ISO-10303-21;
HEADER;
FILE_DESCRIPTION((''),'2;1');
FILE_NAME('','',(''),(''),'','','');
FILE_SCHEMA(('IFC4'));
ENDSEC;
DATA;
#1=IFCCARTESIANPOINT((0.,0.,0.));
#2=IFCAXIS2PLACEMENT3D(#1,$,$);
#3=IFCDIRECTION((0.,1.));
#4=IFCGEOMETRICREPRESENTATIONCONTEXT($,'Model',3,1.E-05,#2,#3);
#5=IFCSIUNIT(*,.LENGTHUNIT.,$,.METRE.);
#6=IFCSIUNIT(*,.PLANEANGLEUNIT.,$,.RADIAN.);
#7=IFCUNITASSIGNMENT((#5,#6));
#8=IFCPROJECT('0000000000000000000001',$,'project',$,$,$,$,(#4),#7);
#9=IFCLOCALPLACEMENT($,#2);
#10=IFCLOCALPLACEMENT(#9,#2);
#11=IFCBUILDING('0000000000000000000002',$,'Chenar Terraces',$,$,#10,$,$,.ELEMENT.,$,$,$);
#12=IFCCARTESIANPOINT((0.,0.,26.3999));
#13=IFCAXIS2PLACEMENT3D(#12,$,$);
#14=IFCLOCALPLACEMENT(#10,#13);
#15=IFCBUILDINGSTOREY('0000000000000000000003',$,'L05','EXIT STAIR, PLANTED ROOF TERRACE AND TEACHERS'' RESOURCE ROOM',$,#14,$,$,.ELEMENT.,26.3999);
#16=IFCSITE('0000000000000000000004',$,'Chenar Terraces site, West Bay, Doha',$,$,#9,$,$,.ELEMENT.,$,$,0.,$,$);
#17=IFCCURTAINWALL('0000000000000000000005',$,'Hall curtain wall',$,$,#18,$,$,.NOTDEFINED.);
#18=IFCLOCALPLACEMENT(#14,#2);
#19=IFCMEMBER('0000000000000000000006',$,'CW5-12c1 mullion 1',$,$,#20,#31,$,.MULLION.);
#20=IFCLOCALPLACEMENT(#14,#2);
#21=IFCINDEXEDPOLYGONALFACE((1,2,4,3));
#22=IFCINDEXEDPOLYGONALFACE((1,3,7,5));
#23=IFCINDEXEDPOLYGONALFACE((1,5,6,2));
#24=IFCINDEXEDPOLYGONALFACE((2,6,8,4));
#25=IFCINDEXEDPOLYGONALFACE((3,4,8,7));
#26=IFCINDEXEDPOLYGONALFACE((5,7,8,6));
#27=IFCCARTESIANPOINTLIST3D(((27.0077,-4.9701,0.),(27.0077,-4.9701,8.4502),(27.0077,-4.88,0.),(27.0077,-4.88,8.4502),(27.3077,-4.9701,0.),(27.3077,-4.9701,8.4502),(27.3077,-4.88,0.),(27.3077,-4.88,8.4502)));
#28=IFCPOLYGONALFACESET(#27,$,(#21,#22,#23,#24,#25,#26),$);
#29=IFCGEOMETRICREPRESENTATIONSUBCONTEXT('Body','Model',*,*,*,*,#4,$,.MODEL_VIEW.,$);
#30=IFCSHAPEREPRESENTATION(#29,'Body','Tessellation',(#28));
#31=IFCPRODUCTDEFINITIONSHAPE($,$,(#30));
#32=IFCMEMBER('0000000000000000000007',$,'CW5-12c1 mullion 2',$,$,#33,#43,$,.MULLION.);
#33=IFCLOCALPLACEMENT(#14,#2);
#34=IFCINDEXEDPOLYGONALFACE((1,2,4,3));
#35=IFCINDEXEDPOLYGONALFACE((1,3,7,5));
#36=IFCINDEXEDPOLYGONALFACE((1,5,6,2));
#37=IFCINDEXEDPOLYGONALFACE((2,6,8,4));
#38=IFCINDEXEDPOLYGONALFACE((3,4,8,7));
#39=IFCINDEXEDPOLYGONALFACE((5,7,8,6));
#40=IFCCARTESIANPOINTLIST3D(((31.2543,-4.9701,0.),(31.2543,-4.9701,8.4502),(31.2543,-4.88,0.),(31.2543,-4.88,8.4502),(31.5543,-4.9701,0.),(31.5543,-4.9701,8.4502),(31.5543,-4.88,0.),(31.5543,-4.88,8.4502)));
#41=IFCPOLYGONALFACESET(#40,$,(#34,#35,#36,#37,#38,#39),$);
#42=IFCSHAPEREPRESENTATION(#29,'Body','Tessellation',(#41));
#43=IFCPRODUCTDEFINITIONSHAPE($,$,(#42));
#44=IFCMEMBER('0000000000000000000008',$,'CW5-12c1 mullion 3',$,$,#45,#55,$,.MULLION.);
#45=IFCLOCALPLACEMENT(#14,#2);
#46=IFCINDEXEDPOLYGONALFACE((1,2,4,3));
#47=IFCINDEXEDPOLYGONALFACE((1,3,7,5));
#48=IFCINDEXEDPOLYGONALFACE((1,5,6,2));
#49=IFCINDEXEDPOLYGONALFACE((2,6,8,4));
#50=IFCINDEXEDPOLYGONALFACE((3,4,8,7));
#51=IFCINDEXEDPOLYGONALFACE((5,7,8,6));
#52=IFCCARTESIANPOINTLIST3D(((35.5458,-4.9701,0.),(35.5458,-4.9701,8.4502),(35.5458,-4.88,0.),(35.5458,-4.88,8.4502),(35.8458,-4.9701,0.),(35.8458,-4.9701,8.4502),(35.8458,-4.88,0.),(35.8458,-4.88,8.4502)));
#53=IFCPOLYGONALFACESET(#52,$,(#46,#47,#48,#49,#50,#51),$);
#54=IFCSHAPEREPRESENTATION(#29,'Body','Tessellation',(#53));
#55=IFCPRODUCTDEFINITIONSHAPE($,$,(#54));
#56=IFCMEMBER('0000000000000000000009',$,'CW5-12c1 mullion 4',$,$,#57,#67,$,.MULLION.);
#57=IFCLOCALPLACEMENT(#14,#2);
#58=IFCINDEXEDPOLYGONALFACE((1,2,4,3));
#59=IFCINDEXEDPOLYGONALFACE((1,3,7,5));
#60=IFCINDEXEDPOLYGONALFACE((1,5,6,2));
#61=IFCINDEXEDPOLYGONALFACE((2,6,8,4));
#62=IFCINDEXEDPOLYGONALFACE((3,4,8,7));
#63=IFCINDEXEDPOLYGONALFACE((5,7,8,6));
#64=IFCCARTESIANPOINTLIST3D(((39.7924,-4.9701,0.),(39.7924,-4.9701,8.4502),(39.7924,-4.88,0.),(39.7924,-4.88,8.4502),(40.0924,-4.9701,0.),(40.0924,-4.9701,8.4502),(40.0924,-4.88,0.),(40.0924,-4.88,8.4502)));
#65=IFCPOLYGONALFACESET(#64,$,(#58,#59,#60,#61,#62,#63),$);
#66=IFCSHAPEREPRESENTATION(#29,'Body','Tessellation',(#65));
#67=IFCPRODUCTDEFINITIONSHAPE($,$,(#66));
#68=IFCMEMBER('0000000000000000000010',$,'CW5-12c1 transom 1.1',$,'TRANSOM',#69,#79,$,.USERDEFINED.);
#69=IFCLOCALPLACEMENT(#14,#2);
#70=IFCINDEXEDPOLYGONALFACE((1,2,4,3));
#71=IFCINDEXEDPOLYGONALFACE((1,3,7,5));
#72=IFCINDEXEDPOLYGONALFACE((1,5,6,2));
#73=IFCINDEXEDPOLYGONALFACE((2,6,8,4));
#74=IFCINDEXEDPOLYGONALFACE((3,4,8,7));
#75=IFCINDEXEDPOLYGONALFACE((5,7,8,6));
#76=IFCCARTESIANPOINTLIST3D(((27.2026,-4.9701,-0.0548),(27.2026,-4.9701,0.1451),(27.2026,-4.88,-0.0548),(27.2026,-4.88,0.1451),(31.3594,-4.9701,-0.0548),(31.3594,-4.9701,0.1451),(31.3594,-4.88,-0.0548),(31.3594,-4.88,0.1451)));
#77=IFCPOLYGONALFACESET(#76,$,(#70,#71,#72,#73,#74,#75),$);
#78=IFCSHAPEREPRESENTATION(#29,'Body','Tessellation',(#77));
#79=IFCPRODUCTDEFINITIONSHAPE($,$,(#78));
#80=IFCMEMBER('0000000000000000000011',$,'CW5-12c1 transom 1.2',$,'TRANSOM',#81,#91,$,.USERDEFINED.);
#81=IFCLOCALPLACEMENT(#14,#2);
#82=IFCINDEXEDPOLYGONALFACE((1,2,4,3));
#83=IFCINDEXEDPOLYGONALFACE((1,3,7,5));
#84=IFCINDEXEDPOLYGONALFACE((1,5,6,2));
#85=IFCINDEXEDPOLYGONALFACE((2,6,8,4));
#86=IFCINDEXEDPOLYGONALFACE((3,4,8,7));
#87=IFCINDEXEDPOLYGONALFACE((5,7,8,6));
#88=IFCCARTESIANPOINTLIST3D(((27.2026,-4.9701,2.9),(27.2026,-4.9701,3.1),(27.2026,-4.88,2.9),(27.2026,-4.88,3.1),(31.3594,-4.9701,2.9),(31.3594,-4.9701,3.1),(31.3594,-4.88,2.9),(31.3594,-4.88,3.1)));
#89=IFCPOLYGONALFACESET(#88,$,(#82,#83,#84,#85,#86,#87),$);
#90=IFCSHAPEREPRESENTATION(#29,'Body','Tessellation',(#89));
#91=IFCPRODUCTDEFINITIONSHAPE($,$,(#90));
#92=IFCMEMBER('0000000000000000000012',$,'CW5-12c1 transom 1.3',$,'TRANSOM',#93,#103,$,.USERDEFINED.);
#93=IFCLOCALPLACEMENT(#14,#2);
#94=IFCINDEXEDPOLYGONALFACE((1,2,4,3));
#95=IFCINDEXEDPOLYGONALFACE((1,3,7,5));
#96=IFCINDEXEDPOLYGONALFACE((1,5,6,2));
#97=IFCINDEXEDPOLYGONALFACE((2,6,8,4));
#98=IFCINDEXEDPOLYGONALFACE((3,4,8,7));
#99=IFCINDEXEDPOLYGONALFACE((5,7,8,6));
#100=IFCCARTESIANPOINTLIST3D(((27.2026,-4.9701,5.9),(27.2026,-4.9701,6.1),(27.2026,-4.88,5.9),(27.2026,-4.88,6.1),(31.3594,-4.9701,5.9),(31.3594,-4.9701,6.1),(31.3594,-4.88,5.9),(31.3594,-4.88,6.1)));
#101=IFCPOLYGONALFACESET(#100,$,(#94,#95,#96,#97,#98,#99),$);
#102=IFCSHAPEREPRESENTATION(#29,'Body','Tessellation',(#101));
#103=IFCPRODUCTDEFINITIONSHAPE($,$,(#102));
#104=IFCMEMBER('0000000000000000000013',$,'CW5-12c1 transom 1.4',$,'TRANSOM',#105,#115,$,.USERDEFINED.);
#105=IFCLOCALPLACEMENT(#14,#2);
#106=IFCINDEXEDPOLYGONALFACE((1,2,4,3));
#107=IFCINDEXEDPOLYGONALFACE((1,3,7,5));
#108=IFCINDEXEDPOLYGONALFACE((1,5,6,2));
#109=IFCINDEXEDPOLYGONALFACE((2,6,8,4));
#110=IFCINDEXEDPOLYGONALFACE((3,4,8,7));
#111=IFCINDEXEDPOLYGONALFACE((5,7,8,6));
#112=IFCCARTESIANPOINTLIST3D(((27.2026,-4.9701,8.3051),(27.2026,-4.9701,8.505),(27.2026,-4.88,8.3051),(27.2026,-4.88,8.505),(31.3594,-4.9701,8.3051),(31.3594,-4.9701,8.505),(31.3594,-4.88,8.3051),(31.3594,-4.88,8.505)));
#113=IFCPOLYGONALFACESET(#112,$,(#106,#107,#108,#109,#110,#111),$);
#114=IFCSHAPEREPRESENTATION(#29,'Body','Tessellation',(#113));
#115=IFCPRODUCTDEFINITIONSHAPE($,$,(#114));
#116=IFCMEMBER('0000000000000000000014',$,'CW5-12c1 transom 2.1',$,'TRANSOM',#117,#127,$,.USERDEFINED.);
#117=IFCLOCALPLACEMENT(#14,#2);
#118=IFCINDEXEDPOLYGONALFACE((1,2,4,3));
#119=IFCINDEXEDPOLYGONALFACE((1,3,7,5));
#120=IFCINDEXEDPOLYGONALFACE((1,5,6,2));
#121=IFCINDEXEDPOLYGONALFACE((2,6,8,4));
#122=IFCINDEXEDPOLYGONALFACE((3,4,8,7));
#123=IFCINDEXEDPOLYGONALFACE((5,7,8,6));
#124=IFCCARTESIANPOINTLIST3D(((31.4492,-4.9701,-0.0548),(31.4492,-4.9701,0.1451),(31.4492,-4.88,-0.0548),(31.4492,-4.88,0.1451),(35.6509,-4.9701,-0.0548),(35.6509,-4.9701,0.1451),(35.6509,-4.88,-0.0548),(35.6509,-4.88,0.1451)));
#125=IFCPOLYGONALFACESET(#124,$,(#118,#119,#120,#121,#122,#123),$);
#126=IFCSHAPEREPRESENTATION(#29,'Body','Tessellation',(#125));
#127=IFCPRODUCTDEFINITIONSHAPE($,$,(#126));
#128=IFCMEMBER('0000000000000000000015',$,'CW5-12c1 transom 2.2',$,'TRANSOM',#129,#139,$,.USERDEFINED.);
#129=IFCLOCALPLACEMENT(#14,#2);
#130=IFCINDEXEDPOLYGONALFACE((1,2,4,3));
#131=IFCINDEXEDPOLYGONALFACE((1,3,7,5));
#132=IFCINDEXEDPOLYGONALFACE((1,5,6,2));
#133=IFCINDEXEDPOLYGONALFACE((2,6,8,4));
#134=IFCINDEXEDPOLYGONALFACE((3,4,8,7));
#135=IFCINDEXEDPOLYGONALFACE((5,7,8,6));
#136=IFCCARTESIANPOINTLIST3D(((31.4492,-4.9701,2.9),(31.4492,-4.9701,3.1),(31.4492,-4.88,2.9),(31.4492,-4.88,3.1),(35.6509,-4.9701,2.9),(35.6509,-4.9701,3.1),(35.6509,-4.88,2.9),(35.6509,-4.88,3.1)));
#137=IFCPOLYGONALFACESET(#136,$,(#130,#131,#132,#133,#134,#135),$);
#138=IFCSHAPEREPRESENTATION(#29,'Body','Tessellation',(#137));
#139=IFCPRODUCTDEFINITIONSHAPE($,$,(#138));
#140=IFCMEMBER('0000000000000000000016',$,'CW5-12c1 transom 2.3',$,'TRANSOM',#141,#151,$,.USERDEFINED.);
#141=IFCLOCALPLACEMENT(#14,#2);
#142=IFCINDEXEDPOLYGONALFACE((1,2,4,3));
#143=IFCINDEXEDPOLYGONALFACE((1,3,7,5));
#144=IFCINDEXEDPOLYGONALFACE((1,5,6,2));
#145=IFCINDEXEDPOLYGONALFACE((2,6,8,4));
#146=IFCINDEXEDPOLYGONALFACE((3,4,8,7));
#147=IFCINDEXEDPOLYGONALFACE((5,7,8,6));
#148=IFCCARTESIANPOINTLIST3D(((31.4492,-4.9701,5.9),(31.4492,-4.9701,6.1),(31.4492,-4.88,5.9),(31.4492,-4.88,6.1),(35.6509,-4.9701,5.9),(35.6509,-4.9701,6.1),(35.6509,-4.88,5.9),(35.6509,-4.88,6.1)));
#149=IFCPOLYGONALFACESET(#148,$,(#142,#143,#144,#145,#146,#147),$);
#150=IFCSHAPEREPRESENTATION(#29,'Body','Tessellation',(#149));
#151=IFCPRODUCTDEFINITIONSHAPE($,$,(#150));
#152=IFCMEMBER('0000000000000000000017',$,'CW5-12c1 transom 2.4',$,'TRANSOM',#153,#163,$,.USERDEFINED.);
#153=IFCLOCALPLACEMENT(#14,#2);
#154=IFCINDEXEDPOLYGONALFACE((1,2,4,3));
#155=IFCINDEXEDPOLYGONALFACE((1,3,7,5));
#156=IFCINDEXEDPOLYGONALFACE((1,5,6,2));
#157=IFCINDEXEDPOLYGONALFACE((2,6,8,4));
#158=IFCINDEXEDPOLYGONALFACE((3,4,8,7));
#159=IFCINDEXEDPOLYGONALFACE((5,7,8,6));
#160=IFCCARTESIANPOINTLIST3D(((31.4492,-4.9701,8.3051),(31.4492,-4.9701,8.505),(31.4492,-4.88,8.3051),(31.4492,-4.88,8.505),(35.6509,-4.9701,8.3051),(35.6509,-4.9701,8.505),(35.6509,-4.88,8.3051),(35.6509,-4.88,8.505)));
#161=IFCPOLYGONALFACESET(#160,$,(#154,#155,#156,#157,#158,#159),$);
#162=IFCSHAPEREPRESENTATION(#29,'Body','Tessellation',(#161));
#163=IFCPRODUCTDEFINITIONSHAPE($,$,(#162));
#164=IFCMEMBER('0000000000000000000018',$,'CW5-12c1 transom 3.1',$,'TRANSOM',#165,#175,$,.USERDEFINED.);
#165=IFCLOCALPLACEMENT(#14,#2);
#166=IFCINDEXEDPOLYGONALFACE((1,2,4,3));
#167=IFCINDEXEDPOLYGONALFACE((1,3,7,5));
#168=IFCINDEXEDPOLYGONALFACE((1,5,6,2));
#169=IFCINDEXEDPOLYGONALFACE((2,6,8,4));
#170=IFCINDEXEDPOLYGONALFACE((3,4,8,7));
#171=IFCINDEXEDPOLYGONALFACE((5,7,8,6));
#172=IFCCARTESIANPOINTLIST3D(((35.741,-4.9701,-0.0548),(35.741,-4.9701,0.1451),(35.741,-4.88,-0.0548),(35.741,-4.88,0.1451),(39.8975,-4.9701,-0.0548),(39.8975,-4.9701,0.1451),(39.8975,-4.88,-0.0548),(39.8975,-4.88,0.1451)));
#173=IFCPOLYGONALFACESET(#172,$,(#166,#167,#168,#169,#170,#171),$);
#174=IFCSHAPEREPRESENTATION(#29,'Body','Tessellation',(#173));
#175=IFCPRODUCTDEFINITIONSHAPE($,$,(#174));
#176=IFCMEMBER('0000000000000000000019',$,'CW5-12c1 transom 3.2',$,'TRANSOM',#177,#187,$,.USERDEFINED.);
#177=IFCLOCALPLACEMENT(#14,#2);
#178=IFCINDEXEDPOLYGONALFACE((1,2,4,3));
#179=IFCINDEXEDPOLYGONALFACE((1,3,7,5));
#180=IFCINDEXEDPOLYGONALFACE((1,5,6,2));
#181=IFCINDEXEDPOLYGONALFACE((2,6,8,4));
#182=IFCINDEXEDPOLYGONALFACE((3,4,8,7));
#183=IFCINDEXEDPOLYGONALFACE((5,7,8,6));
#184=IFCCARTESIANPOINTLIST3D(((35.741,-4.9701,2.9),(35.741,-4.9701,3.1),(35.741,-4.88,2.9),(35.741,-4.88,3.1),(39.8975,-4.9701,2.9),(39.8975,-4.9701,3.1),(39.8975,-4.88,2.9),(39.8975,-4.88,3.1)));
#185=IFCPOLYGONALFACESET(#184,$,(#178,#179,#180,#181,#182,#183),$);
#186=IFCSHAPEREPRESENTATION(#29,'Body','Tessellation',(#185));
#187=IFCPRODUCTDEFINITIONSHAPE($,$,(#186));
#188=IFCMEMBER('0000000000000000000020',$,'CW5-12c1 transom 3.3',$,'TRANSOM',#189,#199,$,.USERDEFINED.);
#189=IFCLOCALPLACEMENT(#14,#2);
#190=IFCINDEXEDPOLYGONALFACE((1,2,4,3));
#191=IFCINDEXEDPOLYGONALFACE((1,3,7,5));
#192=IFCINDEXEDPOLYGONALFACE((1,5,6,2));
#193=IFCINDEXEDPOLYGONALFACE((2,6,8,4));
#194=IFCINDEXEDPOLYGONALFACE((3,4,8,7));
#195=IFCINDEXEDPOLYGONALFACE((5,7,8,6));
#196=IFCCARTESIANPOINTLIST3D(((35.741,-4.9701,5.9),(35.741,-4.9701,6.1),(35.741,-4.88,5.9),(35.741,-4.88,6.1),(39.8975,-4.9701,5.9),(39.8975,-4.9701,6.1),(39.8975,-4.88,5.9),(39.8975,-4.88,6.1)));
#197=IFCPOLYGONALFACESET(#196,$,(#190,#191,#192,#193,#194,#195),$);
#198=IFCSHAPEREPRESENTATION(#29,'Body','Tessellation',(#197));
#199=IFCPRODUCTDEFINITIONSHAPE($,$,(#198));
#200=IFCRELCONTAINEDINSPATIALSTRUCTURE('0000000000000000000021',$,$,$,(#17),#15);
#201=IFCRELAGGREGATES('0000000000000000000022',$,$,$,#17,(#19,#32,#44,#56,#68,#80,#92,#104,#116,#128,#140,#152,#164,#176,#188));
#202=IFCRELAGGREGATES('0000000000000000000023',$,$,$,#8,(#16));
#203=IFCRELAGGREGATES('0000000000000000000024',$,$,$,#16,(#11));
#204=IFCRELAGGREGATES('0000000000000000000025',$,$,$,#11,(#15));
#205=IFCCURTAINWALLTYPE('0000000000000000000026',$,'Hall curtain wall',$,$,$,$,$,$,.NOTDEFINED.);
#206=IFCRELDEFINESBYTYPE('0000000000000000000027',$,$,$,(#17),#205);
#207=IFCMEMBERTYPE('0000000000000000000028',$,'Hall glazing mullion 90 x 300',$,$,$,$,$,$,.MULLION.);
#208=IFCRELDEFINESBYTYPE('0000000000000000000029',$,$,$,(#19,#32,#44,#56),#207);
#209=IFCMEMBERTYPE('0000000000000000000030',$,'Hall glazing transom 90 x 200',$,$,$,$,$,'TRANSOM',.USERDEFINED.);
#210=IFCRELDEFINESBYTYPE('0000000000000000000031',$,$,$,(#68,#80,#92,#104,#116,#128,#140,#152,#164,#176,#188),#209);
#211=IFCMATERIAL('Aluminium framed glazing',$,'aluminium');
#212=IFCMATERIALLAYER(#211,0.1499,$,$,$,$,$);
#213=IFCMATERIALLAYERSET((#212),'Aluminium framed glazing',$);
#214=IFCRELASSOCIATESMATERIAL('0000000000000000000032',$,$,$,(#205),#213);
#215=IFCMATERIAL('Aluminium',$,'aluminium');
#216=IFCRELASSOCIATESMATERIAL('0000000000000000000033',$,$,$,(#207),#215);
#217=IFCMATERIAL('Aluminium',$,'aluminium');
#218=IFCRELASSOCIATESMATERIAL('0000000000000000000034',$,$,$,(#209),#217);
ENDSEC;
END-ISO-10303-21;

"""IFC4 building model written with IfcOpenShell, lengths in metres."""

from ifc_helpers import new_model, si_unit, direction, frame, origin, origin_2d, place, context, subcontext, project, spatial, rectangle, extrude, material, layer, layer_set, material_profile, profile_set, type_object, element, aggregate, save


model = new_model("IFC4")

# Units and contexts
model_context = context("Model", 3, precision=1e-05, world=origin(), true_north=direction((0.0, 1.0)))
body_context = subcontext(model_context, "Body", "Model", "MODEL_VIEW")
ifc_project = project(units=[si_unit("LENGTHUNIT", "METRE"), si_unit("PLANEANGLEUNIT", "RADIAN")], contexts=[model_context])

# Site, building, storey
site_placement = place(None, origin())
site = spatial("IfcSite", under=ifc_project, at=site_placement, Name="Chenar Terraces site, West Bay, Doha", CompositionType="ELEMENT", RefElevation=0.0)
building_placement = place(site_placement, origin())
building = spatial("IfcBuilding", under=site, at=building_placement, Name="Chenar Terraces", CompositionType="ELEMENT")
storey_placement = place(building_placement, frame((0.0, 0.0, 26.3999)))
storey = spatial("IfcBuildingStorey", under=building, at=storey_placement, Name="L05", Description="EXIT STAIR, PLANTED ROOF TERRACE AND TEACHERS' RESOURCE ROOM", CompositionType="ELEMENT", Elevation=26.3999)

# Curtain wall, members
ifc_material_1 = material(Name="Aluminium framed glazing", Category="aluminium")
ifc_layer_1 = layer(ifc_material_1, 0.1499)
ifc_layer_set_1 = layer_set([ifc_layer_1], Name="Aluminium framed glazing")
curtain_wall_type = type_object("IfcCurtainWallType", Name="Hall curtain wall", PredefinedType="NOTDEFINED", material=ifc_layer_set_1)
curtain_wall_placement = place(storey_placement, origin())
curtain_wall = element("IfcCurtainWall", 1, at=curtain_wall_placement, inside=storey, type_object=curtain_wall_type, Name="Hall curtain wall", PredefinedType="NOTDEFINED")
ifc_material_2 = material(Name="Aluminium", Category="aluminium")
ifc_material_profile_1 = material_profile(ifc_material_2, rectangle(XDim=0.0901, YDim=0.3, at=origin_2d()), Name="Hall glazing mullion 90 x 300")
ifc_profile_set_1 = profile_set([ifc_material_profile_1], Name="Aluminium")
member_type_1 = type_object("IfcMemberType", Name="Hall glazing mullion 90 x 300", PredefinedType="MULLION", material=ifc_profile_set_1)
member_1_placement = place(storey_placement, frame((27.1577, -4.925, 0.0), z_axis=(0.0, 0.0, 1.0), x_axis=(0.0, 1.0, 0.0)))
member_1 = element("IfcMember", 2, at=member_1_placement, type_object=member_type_1, Name="CW5-12c1 mullion 1", PredefinedType="MULLION", context=body_context, shape_type="SweptSolid", body=[
    extrude(rectangle(XDim=0.0901, YDim=0.3, at=origin_2d()), origin(), (0.0, 0.0, 1.0), 8.4502),
])
member_2_placement = place(storey_placement, frame((31.4043, -4.925, 0.0), z_axis=(0.0, 0.0, 1.0), x_axis=(0.0, 1.0, 0.0)))
member_2 = element("IfcMember", 3, at=member_2_placement, type_object=member_type_1, Name="CW5-12c1 mullion 2", PredefinedType="MULLION", context=body_context, shape_type="SweptSolid", body=[
    extrude(rectangle(XDim=0.0901, YDim=0.3, at=origin_2d()), origin(), (0.0, 0.0, 1.0), 8.4502),
])
member_3_placement = place(storey_placement, frame((35.6958, -4.925, 0.0), z_axis=(0.0, 0.0, 1.0), x_axis=(0.0, 1.0, 0.0)))
member_3 = element("IfcMember", 4, at=member_3_placement, type_object=member_type_1, Name="CW5-12c1 mullion 3", PredefinedType="MULLION", context=body_context, shape_type="SweptSolid", body=[
    extrude(rectangle(XDim=0.0901, YDim=0.3, at=origin_2d()), origin(), (0.0, 0.0, 1.0), 8.4502),
])
member_4_placement = place(storey_placement, frame((39.9424, -4.925, 0.0), z_axis=(0.0, 0.0, 1.0), x_axis=(0.0, 1.0, 0.0)))
member_4 = element("IfcMember", 5, at=member_4_placement, type_object=member_type_1, Name="CW5-12c1 mullion 4", PredefinedType="MULLION", context=body_context, shape_type="SweptSolid", body=[
    extrude(rectangle(XDim=0.0901, YDim=0.3, at=origin_2d()), origin(), (0.0, 0.0, 1.0), 8.4502),
])
ifc_material_3 = material(Name="Aluminium", Category="aluminium")
ifc_material_profile_2 = material_profile(ifc_material_3, rectangle(XDim=0.0901, YDim=0.2, at=origin_2d()), Name="Hall glazing transom 90 x 200")
ifc_profile_set_2 = profile_set([ifc_material_profile_2], Name="Aluminium")
member_type_2 = type_object("IfcMemberType", Name="Hall glazing transom 90 x 200", ElementType="TRANSOM", PredefinedType="USERDEFINED", material=ifc_profile_set_2)
member_5_placement = place(storey_placement, frame((27.2026, -4.925, 0.0452), z_axis=(1.0, 0.0, 0.0), x_axis=(0.0, 1.0, 0.0)))
member_5 = element("IfcMember", 6, at=member_5_placement, type_object=member_type_2, Name="CW5-12c1 transom 1.1", ObjectType="TRANSOM", PredefinedType="USERDEFINED", context=body_context, shape_type="SweptSolid", body=[
    extrude(rectangle(XDim=0.0901, YDim=0.2, at=origin_2d()), origin(), (0.0, 0.0, 1.0), 4.1567),
])
member_6_placement = place(storey_placement, frame((27.2026, -4.925, 3.0), z_axis=(1.0, 0.0, 0.0), x_axis=(0.0, 1.0, 0.0)))
member_6 = element("IfcMember", 7, at=member_6_placement, type_object=member_type_2, Name="CW5-12c1 transom 1.2", ObjectType="TRANSOM", PredefinedType="USERDEFINED", context=body_context, shape_type="SweptSolid", body=[
    extrude(rectangle(XDim=0.0901, YDim=0.2, at=origin_2d()), origin(), (0.0, 0.0, 1.0), 4.1567),
])
member_7_placement = place(storey_placement, frame((27.2026, -4.925, 6.0), z_axis=(1.0, 0.0, 0.0), x_axis=(0.0, 1.0, 0.0)))
member_7 = element("IfcMember", 8, at=member_7_placement, type_object=member_type_2, Name="CW5-12c1 transom 1.3", ObjectType="TRANSOM", PredefinedType="USERDEFINED", context=body_context, shape_type="SweptSolid", body=[
    extrude(rectangle(XDim=0.0901, YDim=0.2, at=origin_2d()), origin(), (0.0, 0.0, 1.0), 4.1567),
])
member_8_placement = place(storey_placement, frame((27.2026, -4.925, 8.405), z_axis=(1.0, 0.0, 0.0), x_axis=(0.0, 1.0, 0.0)))
member_8 = element("IfcMember", 9, at=member_8_placement, type_object=member_type_2, Name="CW5-12c1 transom 1.4", ObjectType="TRANSOM", PredefinedType="USERDEFINED", context=body_context, shape_type="SweptSolid", body=[
    extrude(rectangle(XDim=0.0901, YDim=0.2, at=origin_2d()), origin(), (0.0, 0.0, 1.0), 4.1567),
])
member_9_placement = place(storey_placement, frame((31.4492, -4.925, 0.0452), z_axis=(1.0, 0.0, 0.0), x_axis=(0.0, 1.0, 0.0)))
member_9 = element("IfcMember", 10, at=member_9_placement, type_object=member_type_2, Name="CW5-12c1 transom 2.1", ObjectType="TRANSOM", PredefinedType="USERDEFINED", context=body_context, shape_type="SweptSolid", body=[
    extrude(rectangle(XDim=0.0901, YDim=0.2, at=origin_2d()), origin(), (0.0, 0.0, 1.0), 4.2017),
])
member_10_placement = place(storey_placement, frame((31.4492, -4.925, 3.0), z_axis=(1.0, 0.0, 0.0), x_axis=(0.0, 1.0, 0.0)))
member_10 = element("IfcMember", 11, at=member_10_placement, type_object=member_type_2, Name="CW5-12c1 transom 2.2", ObjectType="TRANSOM", PredefinedType="USERDEFINED", context=body_context, shape_type="SweptSolid", body=[
    extrude(rectangle(XDim=0.0901, YDim=0.2, at=origin_2d()), origin(), (0.0, 0.0, 1.0), 4.2017),
])
member_11_placement = place(storey_placement, frame((31.4492, -4.925, 6.0), z_axis=(1.0, 0.0, 0.0), x_axis=(0.0, 1.0, 0.0)))
member_11 = element("IfcMember", 12, at=member_11_placement, type_object=member_type_2, Name="CW5-12c1 transom 2.3", ObjectType="TRANSOM", PredefinedType="USERDEFINED", context=body_context, shape_type="SweptSolid", body=[
    extrude(rectangle(XDim=0.0901, YDim=0.2, at=origin_2d()), origin(), (0.0, 0.0, 1.0), 4.2017),
])
member_12_placement = place(storey_placement, frame((31.4492, -4.925, 8.405), z_axis=(1.0, 0.0, 0.0), x_axis=(0.0, 1.0, 0.0)))
member_12 = element("IfcMember", 13, at=member_12_placement, type_object=member_type_2, Name="CW5-12c1 transom 2.4", ObjectType="TRANSOM", PredefinedType="USERDEFINED", context=body_context, shape_type="SweptSolid", body=[
    extrude(rectangle(XDim=0.0901, YDim=0.2, at=origin_2d()), origin(), (0.0, 0.0, 1.0), 4.2017),
])
member_13_placement = place(storey_placement, frame((35.741, -4.925, 0.0452), z_axis=(1.0, 0.0, 0.0), x_axis=(0.0, 1.0, 0.0)))
member_13 = element("IfcMember", 14, at=member_13_placement, type_object=member_type_2, Name="CW5-12c1 transom 3.1", ObjectType="TRANSOM", PredefinedType="USERDEFINED", context=body_context, shape_type="SweptSolid", body=[
    extrude(rectangle(XDim=0.0901, YDim=0.2, at=origin_2d()), origin(), (0.0, 0.0, 1.0), 4.1565),
])
member_14_placement = place(storey_placement, frame((35.741, -4.925, 3.0), z_axis=(1.0, 0.0, 0.0), x_axis=(0.0, 1.0, 0.0)))
member_14 = element("IfcMember", 15, at=member_14_placement, type_object=member_type_2, Name="CW5-12c1 transom 3.2", ObjectType="TRANSOM", PredefinedType="USERDEFINED", context=body_context, shape_type="SweptSolid", body=[
    extrude(rectangle(XDim=0.0901, YDim=0.2, at=origin_2d()), origin(), (0.0, 0.0, 1.0), 4.1565),
])
member_15_placement = place(storey_placement, frame((35.741, -4.925, 6.0), z_axis=(1.0, 0.0, 0.0), x_axis=(0.0, 1.0, 0.0)))
member_15 = element("IfcMember", 16, at=member_15_placement, type_object=member_type_2, Name="CW5-12c1 transom 3.3", ObjectType="TRANSOM", PredefinedType="USERDEFINED", context=body_context, shape_type="SweptSolid", body=[
    extrude(rectangle(XDim=0.0901, YDim=0.2, at=origin_2d()), origin(), (0.0, 0.0, 1.0), 4.1565),
])
aggregate(curtain_wall, [member_1, member_2, member_3, member_4, member_5, member_6, member_7, member_8, member_9, member_10, member_11, member_12, member_13, member_14, member_15])

save(model, "model.ifc")
